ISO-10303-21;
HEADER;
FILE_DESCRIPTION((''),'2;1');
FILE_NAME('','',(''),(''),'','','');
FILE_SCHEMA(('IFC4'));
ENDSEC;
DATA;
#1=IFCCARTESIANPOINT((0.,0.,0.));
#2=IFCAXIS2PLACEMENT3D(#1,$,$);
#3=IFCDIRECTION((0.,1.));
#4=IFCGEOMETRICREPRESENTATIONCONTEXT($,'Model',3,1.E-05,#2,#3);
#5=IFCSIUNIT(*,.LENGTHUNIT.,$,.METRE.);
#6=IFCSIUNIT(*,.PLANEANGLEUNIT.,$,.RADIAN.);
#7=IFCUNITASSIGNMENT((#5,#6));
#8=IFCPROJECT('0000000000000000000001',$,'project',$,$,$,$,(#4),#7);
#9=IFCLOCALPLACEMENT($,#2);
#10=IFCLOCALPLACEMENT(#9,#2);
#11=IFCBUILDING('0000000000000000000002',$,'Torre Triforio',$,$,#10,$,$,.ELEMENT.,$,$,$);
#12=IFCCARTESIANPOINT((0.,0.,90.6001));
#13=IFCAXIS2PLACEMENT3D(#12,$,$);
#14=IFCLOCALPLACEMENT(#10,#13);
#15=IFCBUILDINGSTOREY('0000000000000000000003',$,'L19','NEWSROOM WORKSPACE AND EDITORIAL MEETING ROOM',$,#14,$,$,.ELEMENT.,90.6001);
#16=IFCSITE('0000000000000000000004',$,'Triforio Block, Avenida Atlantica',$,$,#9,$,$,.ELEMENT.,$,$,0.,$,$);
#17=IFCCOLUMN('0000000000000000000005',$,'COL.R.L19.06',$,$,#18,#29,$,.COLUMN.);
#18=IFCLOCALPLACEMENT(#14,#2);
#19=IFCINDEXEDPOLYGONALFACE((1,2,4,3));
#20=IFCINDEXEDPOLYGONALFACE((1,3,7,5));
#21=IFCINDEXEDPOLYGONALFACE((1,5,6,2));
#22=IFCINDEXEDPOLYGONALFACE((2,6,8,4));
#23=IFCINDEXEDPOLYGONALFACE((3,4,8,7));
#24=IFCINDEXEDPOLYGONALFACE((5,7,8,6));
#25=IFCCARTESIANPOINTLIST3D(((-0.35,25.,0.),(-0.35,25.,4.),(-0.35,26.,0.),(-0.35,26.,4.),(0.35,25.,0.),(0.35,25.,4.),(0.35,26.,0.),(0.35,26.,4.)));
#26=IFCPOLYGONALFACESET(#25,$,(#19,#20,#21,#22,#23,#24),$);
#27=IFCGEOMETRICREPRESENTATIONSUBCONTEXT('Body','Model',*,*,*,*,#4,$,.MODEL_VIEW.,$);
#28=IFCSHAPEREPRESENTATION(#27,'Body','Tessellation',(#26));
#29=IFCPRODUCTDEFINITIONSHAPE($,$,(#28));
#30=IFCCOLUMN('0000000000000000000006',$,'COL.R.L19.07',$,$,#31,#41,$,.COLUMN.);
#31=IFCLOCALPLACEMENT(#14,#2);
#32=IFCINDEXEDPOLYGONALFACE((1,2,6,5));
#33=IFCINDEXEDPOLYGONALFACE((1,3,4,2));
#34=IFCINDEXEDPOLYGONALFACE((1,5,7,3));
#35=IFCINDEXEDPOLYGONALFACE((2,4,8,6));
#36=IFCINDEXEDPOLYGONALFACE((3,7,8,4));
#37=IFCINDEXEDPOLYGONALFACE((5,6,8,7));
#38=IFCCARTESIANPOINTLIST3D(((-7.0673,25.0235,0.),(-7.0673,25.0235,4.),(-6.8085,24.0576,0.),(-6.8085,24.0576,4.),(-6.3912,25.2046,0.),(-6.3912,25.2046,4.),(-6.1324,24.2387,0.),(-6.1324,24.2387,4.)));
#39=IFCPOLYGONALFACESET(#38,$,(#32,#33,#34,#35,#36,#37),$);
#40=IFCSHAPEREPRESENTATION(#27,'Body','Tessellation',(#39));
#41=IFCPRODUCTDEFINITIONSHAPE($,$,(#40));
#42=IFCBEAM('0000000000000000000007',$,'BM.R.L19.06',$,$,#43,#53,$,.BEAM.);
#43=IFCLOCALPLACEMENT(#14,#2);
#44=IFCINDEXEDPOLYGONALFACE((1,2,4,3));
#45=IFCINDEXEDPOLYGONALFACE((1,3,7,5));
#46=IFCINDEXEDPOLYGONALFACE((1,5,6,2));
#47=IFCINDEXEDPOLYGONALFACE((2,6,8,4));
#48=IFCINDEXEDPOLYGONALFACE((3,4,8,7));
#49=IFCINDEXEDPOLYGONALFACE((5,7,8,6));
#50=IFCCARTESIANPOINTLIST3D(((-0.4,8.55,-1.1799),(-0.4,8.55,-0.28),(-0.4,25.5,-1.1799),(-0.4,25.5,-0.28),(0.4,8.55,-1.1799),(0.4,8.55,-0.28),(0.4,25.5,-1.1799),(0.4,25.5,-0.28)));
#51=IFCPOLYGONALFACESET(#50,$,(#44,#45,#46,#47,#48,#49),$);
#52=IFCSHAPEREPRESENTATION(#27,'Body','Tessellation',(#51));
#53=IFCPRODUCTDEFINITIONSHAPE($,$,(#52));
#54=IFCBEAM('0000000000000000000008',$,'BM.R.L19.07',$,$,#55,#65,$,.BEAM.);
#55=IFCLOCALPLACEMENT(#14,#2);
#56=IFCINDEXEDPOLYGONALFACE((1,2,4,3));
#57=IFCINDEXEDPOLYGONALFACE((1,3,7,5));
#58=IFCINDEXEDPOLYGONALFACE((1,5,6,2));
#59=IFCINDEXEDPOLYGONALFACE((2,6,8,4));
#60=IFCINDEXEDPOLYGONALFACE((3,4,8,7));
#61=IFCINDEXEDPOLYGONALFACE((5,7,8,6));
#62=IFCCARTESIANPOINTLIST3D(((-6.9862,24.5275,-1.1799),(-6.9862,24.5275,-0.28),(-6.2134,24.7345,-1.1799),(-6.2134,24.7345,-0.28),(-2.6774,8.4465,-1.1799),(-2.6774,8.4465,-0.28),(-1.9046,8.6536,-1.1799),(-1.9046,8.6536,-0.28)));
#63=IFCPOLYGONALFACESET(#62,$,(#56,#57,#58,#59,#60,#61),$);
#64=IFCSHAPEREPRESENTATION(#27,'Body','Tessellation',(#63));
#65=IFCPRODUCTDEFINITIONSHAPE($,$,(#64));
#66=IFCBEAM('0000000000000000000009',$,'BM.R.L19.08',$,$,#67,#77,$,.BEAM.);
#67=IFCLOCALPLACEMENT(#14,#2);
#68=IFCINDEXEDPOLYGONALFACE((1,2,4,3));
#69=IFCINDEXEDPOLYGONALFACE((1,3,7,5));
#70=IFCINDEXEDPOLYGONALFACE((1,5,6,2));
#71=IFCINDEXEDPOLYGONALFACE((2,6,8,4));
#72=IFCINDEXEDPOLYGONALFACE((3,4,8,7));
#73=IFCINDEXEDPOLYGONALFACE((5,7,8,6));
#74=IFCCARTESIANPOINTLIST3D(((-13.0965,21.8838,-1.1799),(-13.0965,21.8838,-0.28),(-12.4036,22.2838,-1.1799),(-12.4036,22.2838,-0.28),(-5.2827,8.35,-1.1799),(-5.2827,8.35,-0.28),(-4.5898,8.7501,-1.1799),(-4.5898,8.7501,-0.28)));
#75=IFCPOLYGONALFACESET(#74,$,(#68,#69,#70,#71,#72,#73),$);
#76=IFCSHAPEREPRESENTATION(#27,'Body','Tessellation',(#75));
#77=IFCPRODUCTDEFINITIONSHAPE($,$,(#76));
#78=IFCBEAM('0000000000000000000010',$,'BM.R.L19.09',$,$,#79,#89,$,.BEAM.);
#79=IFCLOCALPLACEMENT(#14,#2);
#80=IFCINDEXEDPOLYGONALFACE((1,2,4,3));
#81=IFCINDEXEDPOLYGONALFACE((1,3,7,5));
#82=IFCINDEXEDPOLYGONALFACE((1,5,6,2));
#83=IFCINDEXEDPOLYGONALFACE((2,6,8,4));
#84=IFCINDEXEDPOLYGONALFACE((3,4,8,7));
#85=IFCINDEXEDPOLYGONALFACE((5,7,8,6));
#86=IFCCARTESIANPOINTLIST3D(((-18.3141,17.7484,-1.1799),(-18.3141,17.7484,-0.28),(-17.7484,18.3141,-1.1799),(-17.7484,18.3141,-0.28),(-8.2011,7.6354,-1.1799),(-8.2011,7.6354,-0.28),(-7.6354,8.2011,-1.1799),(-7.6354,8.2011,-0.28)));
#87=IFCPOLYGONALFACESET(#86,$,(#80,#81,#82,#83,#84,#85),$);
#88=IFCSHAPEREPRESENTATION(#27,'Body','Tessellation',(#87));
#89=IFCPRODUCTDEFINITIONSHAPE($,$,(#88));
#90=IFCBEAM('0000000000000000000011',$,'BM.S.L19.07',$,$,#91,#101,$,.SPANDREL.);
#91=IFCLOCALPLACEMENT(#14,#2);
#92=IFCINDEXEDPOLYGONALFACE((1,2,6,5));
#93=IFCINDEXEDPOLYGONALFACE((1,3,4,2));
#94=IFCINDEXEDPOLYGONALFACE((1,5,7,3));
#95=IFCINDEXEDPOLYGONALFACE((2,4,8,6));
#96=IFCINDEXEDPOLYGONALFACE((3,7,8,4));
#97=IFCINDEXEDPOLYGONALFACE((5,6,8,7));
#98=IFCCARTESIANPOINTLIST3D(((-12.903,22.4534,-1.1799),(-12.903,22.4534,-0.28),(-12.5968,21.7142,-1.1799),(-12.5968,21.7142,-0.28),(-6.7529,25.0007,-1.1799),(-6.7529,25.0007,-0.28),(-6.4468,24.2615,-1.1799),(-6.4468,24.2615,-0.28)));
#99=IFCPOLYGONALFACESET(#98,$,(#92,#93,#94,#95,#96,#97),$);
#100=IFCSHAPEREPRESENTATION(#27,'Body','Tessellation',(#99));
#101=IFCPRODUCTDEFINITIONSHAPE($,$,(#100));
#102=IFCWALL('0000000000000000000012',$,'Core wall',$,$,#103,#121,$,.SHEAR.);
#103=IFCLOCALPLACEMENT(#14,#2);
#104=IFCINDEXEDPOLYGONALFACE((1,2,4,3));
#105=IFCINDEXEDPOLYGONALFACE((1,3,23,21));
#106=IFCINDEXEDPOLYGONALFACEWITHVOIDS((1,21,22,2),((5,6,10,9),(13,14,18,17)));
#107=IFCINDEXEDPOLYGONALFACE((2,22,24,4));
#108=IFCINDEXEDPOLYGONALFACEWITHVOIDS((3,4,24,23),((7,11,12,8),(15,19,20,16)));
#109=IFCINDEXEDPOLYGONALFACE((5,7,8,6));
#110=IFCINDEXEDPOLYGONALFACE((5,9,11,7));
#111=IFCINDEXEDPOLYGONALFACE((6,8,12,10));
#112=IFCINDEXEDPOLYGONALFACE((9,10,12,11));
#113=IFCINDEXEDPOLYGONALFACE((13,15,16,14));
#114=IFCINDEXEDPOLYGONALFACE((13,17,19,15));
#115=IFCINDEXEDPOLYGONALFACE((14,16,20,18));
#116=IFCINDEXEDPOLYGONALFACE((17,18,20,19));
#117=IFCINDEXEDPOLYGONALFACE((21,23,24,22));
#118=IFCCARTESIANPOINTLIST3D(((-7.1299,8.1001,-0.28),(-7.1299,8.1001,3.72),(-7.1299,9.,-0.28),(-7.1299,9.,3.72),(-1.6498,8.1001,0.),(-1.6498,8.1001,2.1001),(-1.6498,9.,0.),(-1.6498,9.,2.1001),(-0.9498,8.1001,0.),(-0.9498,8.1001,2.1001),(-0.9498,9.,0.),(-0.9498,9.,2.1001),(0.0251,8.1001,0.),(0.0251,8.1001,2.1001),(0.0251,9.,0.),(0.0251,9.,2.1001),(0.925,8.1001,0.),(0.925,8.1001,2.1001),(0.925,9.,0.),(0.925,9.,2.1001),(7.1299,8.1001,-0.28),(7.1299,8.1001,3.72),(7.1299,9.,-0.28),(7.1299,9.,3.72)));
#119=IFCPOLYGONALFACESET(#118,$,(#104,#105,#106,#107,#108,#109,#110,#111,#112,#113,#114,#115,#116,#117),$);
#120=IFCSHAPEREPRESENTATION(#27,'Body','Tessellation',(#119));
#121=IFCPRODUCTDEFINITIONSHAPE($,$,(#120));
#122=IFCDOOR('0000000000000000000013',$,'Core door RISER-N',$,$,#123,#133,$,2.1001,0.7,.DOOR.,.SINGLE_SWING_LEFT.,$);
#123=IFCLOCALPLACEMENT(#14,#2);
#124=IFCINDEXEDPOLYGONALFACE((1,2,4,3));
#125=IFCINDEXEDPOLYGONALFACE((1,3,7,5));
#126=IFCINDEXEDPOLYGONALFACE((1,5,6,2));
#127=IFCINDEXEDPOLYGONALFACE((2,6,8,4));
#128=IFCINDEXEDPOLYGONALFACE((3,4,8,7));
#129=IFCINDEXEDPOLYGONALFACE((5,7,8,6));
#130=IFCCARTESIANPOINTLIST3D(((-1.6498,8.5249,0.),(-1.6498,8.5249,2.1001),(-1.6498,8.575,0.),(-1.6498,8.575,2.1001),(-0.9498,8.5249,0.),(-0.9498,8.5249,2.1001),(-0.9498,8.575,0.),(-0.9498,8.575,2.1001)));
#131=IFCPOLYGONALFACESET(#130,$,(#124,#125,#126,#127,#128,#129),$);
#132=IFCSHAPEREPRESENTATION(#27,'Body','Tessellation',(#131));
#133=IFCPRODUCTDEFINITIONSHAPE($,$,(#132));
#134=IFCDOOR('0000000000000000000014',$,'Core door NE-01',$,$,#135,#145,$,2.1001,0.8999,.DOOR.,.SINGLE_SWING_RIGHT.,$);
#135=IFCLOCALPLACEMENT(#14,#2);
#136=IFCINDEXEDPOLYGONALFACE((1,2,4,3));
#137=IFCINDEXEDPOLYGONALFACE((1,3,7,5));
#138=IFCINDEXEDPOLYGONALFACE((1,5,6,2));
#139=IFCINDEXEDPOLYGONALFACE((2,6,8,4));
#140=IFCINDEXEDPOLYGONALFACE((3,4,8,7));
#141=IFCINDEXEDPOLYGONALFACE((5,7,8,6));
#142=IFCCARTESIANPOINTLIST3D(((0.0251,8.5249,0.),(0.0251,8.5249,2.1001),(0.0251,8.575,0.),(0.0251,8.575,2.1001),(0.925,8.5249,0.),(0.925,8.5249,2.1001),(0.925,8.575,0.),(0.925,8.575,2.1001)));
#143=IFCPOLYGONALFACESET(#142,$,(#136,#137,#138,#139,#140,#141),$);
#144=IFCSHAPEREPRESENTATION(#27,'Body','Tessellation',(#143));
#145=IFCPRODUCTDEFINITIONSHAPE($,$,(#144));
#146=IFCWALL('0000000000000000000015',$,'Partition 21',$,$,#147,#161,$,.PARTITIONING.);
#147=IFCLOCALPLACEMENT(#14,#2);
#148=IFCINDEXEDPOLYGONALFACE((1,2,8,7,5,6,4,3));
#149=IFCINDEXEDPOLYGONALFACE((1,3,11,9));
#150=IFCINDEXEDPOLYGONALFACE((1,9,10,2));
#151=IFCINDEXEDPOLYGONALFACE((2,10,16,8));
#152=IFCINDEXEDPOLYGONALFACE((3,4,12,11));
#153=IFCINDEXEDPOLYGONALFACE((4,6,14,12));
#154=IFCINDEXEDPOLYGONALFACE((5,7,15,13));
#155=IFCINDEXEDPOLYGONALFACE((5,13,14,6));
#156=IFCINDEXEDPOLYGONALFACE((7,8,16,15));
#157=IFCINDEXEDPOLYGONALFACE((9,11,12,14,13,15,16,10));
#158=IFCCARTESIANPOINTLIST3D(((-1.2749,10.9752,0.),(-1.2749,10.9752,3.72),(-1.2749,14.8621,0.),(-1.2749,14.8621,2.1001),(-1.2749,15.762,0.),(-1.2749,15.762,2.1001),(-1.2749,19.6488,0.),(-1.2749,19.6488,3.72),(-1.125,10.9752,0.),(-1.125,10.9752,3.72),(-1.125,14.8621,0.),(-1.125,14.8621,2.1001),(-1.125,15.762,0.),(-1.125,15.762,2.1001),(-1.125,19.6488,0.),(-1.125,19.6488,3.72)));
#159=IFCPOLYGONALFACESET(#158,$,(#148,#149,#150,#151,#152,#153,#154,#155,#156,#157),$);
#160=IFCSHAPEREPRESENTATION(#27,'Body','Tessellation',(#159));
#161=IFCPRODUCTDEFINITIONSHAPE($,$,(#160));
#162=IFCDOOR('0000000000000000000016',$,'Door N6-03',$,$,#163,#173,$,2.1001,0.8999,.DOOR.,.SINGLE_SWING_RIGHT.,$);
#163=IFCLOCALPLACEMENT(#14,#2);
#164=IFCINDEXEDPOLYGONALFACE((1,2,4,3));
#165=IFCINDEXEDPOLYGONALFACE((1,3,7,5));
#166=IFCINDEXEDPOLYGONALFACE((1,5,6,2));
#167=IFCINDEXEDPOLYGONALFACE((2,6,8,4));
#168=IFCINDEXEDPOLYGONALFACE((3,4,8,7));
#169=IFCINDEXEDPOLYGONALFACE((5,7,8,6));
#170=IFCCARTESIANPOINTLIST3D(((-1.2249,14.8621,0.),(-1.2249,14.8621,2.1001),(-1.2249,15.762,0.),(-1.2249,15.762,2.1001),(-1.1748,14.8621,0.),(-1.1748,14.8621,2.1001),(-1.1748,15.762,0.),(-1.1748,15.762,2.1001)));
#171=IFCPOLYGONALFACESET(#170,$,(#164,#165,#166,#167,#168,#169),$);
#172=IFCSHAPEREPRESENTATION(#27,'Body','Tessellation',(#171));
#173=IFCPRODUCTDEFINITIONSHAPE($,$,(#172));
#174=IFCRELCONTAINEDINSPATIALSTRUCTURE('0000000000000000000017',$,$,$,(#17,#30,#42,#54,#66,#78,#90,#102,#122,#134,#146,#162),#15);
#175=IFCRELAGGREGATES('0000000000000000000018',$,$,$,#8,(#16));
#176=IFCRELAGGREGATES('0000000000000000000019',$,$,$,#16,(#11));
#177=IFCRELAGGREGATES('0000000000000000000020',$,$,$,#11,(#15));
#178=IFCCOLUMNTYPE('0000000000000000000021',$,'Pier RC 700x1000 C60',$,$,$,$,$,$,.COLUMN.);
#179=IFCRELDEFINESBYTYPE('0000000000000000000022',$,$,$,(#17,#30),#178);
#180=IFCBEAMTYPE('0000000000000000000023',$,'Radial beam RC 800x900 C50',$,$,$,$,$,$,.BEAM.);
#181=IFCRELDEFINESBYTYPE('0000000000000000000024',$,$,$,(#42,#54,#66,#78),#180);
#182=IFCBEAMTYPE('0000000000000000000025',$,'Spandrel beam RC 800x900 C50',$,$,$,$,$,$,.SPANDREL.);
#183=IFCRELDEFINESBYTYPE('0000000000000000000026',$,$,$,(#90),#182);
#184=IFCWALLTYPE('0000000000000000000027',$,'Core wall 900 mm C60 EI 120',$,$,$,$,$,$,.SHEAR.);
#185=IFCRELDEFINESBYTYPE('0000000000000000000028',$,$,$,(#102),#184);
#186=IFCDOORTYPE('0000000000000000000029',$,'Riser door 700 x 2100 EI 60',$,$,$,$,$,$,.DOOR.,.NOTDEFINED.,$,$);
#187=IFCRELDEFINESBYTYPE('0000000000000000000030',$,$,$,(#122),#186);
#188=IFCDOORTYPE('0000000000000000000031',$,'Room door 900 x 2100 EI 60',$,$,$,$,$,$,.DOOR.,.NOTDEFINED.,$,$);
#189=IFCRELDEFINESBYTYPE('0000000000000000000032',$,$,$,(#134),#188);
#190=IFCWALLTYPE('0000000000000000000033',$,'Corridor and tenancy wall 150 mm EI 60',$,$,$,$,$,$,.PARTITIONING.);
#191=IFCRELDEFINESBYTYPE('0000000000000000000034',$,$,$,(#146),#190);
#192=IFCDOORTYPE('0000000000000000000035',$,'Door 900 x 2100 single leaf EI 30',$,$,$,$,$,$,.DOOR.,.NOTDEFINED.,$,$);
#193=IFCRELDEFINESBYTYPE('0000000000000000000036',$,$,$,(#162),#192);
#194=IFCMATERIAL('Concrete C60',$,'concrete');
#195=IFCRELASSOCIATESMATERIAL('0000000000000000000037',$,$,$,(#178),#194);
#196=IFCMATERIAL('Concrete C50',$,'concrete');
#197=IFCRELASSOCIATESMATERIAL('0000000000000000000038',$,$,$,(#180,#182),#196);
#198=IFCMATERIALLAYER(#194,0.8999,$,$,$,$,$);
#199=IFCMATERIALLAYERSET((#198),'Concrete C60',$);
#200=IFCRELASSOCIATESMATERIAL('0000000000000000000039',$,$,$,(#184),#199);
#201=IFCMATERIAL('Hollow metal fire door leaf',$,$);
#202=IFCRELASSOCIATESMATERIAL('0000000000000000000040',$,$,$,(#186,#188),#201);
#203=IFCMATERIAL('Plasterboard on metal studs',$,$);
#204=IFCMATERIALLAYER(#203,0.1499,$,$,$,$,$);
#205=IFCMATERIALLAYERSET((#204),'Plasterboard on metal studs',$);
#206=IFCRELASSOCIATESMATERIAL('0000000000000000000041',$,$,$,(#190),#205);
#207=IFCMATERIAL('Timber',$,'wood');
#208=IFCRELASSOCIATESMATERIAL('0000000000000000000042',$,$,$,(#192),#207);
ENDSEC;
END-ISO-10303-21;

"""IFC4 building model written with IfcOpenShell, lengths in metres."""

from ifc_helpers import new_model, si_unit, direction, frame, frame_2d, origin, origin_2d, place, context, subcontext, project, spatial, rectangle, extrude, material, layer, layer_set, material_profile, profile_set, type_object, element, fill, save


model = new_model("IFC4")

# Units and contexts
model_context = context("Model", 3, precision=1e-05, world=origin(), true_north=direction((0.0, 1.0)))
body_context = subcontext(model_context, "Body", "Model", "MODEL_VIEW")
ifc_project = project(units=[si_unit("LENGTHUNIT", "METRE"), si_unit("PLANEANGLEUNIT", "RADIAN")], contexts=[model_context])

# Site, building, storey
site_placement = place(None, origin())
site = spatial("IfcSite", under=ifc_project, at=site_placement, Name="Triforio Block, Avenida Atlantica", CompositionType="ELEMENT", RefElevation=0.0)
building_placement = place(site_placement, origin())
building = spatial("IfcBuilding", under=site, at=building_placement, Name="Torre Triforio", CompositionType="ELEMENT")
storey_placement = place(building_placement, frame((0.0, 0.0, 90.6001)))
storey = spatial("IfcBuildingStorey", under=building, at=storey_placement, Name="L19", Description="NEWSROOM WORKSPACE AND EDITORIAL MEETING ROOM", CompositionType="ELEMENT", Elevation=90.6001)

# Columns
ifc_material_1 = material(Name="Concrete C60", Category="concrete")
ifc_material_profile_1 = material_profile(ifc_material_1, rectangle(XDim=0.7, YDim=1.0, at=origin_2d()), Name="RC 700x1000")
ifc_profile_set_1 = profile_set([ifc_material_profile_1], Name="Concrete C60")
column_type = type_object("IfcColumnType", Name="Pier RC 700x1000 C60", PredefinedType="COLUMN", material=ifc_profile_set_1)
for number, where, z_axis, x_axis, name in (
    (1, (0.0, 25.5, 0.0), (0.0, 0.0, 1.0), (-1.0, 0.0, 0.0), "COL.R.L19.06"),
    (2, (-6.5999, 24.6311, 0.0), (0.0, 0.0, 1.0), (-0.965926, -0.258819, 0.0), "COL.R.L19.07"),
):
    element("IfcColumn", number, at=place(storey_placement, frame(where, z_axis=z_axis, x_axis=x_axis)), inside=storey, type_object=column_type, Name=name, PredefinedType="COLUMN", context=body_context, shape_type="SweptSolid", body=[
        extrude(rectangle(XDim=0.7, YDim=1.0, at=origin_2d()), origin(), (0.0, 0.0, 1.0), 4.0),
    ])

# Beams
ifc_material_2 = material(Name="Concrete C50", Category="concrete")
ifc_material_profile_2 = material_profile(ifc_material_2, rectangle(XDim=0.8, YDim=0.8999, at=origin_2d()), Name="RC 800x900")
ifc_profile_set_2 = profile_set([ifc_material_profile_2], Name="Concrete C50")
beam_type_1 = type_object("IfcBeamType", Name="Radial beam RC 800x900 C50", PredefinedType="BEAM", material=ifc_profile_set_2)
beam_1_placement = place(storey_placement, frame((0.0, 8.55, -0.73), z_axis=(0.0, 1.0, 0.0), x_axis=(-1.0, 0.0, 0.0)))
element("IfcBeam", 3, at=beam_1_placement, inside=storey, type_object=beam_type_1, Name="BM.R.L19.06", PredefinedType="BEAM", context=body_context, shape_type="SweptSolid", body=[
    extrude(rectangle(XDim=0.8, YDim=0.8999, at=origin_2d()), origin(), (0.0, 0.0, 1.0), 16.95),
])
beam_2_placement = place(storey_placement, frame((-2.291, 8.55, -0.73), z_axis=(-0.258815, 0.965927, 0.0), x_axis=(-0.965927, -0.258815, 0.0)))
element("IfcBeam", 4, at=beam_2_placement, inside=storey, type_object=beam_type_1, Name="BM.R.L19.07", PredefinedType="BEAM", context=body_context, shape_type="SweptSolid", body=[
    extrude(rectangle(XDim=0.8, YDim=0.8999, at=origin_2d()), origin(), (0.0, 0.0, 1.0), 16.6482),
])
beam_3_placement = place(storey_placement, frame((-4.9363, 8.55, -0.73), z_axis=(-0.500002, 0.866024, 0.0), x_axis=(-0.866024, -0.500002, 0.0)))
element("IfcBeam", 5, at=beam_3_placement, inside=storey, type_object=beam_type_1, Name="BM.R.L19.08", PredefinedType="BEAM", context=body_context, shape_type="SweptSolid", body=[
    extrude(rectangle(XDim=0.8, YDim=0.8999, at=origin_2d()), origin(), (0.0, 0.0, 1.0), 15.6274),
])
beam_4_placement = place(storey_placement, frame((-7.9182, 7.9182, -0.73), z_axis=(-0.707107, 0.707107, 0.0), x_axis=(-0.707107, -0.707107, 0.0)))
element("IfcBeam", 6, at=beam_4_placement, inside=storey, type_object=beam_type_1, Name="BM.R.L19.09", PredefinedType="BEAM", context=body_context, shape_type="SweptSolid", body=[
    extrude(rectangle(XDim=0.8, YDim=0.8999, at=origin_2d()), origin(), (0.0, 0.0, 1.0), 14.302),
])
ifc_material_profile_3 = material_profile(ifc_material_2, rectangle(XDim=0.8, YDim=0.8999, at=origin_2d()), Name="RC 800x900")
ifc_profile_set_3 = profile_set([ifc_material_profile_3], Name="Concrete C50")
beam_type_2 = type_object("IfcBeamType", Name="Spandrel beam RC 800x900 C50", PredefinedType="SPANDREL", material=ifc_profile_set_3)
beam_5_placement = place(storey_placement, frame((-6.5999, 24.6311, -0.73), z_axis=(-0.923885, -0.382669, 0.0), x_axis=(0.382669, -0.923885, 0.0)))
element("IfcBeam", 7, at=beam_5_placement, inside=storey, type_object=beam_type_2, Name="BM.S.L19.07", PredefinedType="SPANDREL", context=body_context, shape_type="SweptSolid", body=[
    extrude(rectangle(XDim=0.8, YDim=0.8999, at=origin_2d()), origin(), (0.0, 0.0, 1.0), 6.6567),
])

# Wall, openings, doors
ifc_layer_1 = layer(ifc_material_1, 0.8999)
ifc_layer_set_1 = layer_set([ifc_layer_1], Name="Concrete C60")
wall_type_1 = type_object("IfcWallType", Name="Core wall 900 mm C60 EI 120", PredefinedType="SHEAR", material=ifc_layer_set_1)
wall_1_placement = place(storey_placement, frame((-7.1299, 8.55, -0.28), z_axis=(0.0, 0.0, 1.0), x_axis=(1.0, 0.0, 0.0)))
wall_1 = element("IfcWall", 8, at=wall_1_placement, inside=storey, type_object=wall_type_1, Name="Core wall", PredefinedType="SHEAR", context=body_context, shape_type="SweptSolid", body=[
    extrude(rectangle(XDim=14.2598, YDim=0.8999, at=frame_2d((7.1299, 0.0))), origin(), (0.0, 0.0, 1.0), 4.0),
])
opening_1_placement = place(wall_1_placement, frame((5.48, 0.0, 0.28)))
opening_1 = element("IfcOpeningElement", 9, at=opening_1_placement, cuts=wall_1, PredefinedType="OPENING", context=body_context, shape_type="SweptSolid", body=[
    extrude(rectangle(XDim=0.7, YDim=2.1001, at=frame_2d((0.3501, 1.05))), frame((0.0, 0.46, 0.0), z_axis=(0.0, -1.0, 0.0), x_axis=(1.0, 0.0, 0.0)), (0.0, 0.0, 1.0), 0.9199),
])
opening_2_placement = place(wall_1_placement, frame((7.155, 0.0, 0.28)))
opening_2 = element("IfcOpeningElement", 10, at=opening_2_placement, cuts=wall_1, PredefinedType="OPENING", context=body_context, shape_type="SweptSolid", body=[
    extrude(rectangle(XDim=0.8999, YDim=2.1001, at=frame_2d((0.45, 1.05))), frame((0.0, 0.46, 0.0), z_axis=(0.0, -1.0, 0.0), x_axis=(1.0, 0.0, 0.0)), (0.0, 0.0, 1.0), 0.9199),
])
ifc_material_3 = material(Name="Hollow metal fire door leaf")
door_type_1 = type_object("IfcDoorType", Name="Riser door 700 x 2100 EI 60", OperationType="NOTDEFINED", PredefinedType="DOOR", material=ifc_material_3)
door_1_placement = place(opening_1_placement, origin())
door_1 = element("IfcDoor", 11, at=door_1_placement, inside=storey, type_object=door_type_1, Name="Core door RISER-N", OperationType="SINGLE_SWING_LEFT", OverallHeight=2.1001, OverallWidth=0.7, PredefinedType="DOOR", context=body_context, shape_type="SweptSolid", body=[
    extrude(rectangle(XDim=0.7, YDim=2.1001, at=frame_2d((0.3501, 1.05))), frame((0.0, 0.0249, 0.0), z_axis=(0.0, -1.0, 0.0), x_axis=(1.0, 0.0, 0.0)), (0.0, 0.0, 1.0), 0.05),
])
fill(opening_1, door_1)
door_type_2 = type_object("IfcDoorType", Name="Room door 900 x 2100 EI 60", OperationType="NOTDEFINED", PredefinedType="DOOR", material=ifc_material_3)
door_2_placement = place(opening_2_placement, origin())
door_2 = element("IfcDoor", 12, at=door_2_placement, inside=storey, type_object=door_type_2, Name="Core door NE-01", OperationType="SINGLE_SWING_RIGHT", OverallHeight=2.1001, OverallWidth=0.8999, PredefinedType="DOOR", context=body_context, shape_type="SweptSolid", body=[
    extrude(rectangle(XDim=0.8999, YDim=2.1001, at=frame_2d((0.45, 1.05))), frame((0.0, 0.0249, 0.0), z_axis=(0.0, -1.0, 0.0), x_axis=(1.0, 0.0, 0.0)), (0.0, 0.0, 1.0), 0.05),
])
fill(opening_2, door_2)

# Wall, opening, door
ifc_material_4 = material(Name="Plasterboard on metal studs")
ifc_layer_2 = layer(ifc_material_4, 0.1499)
ifc_layer_set_2 = layer_set([ifc_layer_2], Name="Plasterboard on metal studs")
wall_type_2 = type_object("IfcWallType", Name="Corridor and tenancy wall 150 mm EI 60", PredefinedType="PARTITIONING", material=ifc_layer_set_2)
wall_2_placement = place(storey_placement, frame((-1.2, 10.9751, 0.0), z_axis=(0.0, 0.0, 1.0), x_axis=(0.0, 1.0, 0.0)))
wall_2 = element("IfcWall", 13, at=wall_2_placement, inside=storey, type_object=wall_type_2, Name="Partition 21", PredefinedType="PARTITIONING", context=body_context, shape_type="SweptSolid", body=[
    extrude(rectangle(XDim=8.6736, YDim=0.1499, at=frame_2d((4.3369, 0.0))), origin(), (0.0, 0.0, 1.0), 3.72),
])
opening_3_placement = place(wall_2_placement, frame((3.887, 0.0, 0.0)))
opening_3 = element("IfcOpeningElement", 14, at=opening_3_placement, cuts=wall_2, PredefinedType="OPENING", context=body_context, shape_type="SweptSolid", body=[
    extrude(rectangle(XDim=0.8999, YDim=2.1001, at=frame_2d((0.45, 1.05))), frame((0.0, 0.085, 0.0), z_axis=(0.0, -1.0, 0.0), x_axis=(1.0, 0.0, 0.0)), (0.0, 0.0, 1.0), 0.1699),
])
ifc_material_5 = material(Name="Timber", Category="wood")
door_type_3 = type_object("IfcDoorType", Name="Door 900 x 2100 single leaf EI 30", OperationType="NOTDEFINED", PredefinedType="DOOR", material=ifc_material_5)
door_3_placement = place(opening_3_placement, origin())
door_3 = element("IfcDoor", 15, at=door_3_placement, inside=storey, type_object=door_type_3, Name="Door N6-03", OperationType="SINGLE_SWING_RIGHT", OverallHeight=2.1001, OverallWidth=0.8999, PredefinedType="DOOR", context=body_context, shape_type="SweptSolid", body=[
    extrude(rectangle(XDim=0.8999, YDim=2.1001, at=frame_2d((0.45, 1.05))), frame((0.0, 0.0249, 0.0), z_axis=(0.0, -1.0, 0.0), x_axis=(1.0, 0.0, 0.0)), (0.0, 0.0, 1.0), 0.05),
])
fill(opening_3, door_3)

save(model, "model.ifc")
